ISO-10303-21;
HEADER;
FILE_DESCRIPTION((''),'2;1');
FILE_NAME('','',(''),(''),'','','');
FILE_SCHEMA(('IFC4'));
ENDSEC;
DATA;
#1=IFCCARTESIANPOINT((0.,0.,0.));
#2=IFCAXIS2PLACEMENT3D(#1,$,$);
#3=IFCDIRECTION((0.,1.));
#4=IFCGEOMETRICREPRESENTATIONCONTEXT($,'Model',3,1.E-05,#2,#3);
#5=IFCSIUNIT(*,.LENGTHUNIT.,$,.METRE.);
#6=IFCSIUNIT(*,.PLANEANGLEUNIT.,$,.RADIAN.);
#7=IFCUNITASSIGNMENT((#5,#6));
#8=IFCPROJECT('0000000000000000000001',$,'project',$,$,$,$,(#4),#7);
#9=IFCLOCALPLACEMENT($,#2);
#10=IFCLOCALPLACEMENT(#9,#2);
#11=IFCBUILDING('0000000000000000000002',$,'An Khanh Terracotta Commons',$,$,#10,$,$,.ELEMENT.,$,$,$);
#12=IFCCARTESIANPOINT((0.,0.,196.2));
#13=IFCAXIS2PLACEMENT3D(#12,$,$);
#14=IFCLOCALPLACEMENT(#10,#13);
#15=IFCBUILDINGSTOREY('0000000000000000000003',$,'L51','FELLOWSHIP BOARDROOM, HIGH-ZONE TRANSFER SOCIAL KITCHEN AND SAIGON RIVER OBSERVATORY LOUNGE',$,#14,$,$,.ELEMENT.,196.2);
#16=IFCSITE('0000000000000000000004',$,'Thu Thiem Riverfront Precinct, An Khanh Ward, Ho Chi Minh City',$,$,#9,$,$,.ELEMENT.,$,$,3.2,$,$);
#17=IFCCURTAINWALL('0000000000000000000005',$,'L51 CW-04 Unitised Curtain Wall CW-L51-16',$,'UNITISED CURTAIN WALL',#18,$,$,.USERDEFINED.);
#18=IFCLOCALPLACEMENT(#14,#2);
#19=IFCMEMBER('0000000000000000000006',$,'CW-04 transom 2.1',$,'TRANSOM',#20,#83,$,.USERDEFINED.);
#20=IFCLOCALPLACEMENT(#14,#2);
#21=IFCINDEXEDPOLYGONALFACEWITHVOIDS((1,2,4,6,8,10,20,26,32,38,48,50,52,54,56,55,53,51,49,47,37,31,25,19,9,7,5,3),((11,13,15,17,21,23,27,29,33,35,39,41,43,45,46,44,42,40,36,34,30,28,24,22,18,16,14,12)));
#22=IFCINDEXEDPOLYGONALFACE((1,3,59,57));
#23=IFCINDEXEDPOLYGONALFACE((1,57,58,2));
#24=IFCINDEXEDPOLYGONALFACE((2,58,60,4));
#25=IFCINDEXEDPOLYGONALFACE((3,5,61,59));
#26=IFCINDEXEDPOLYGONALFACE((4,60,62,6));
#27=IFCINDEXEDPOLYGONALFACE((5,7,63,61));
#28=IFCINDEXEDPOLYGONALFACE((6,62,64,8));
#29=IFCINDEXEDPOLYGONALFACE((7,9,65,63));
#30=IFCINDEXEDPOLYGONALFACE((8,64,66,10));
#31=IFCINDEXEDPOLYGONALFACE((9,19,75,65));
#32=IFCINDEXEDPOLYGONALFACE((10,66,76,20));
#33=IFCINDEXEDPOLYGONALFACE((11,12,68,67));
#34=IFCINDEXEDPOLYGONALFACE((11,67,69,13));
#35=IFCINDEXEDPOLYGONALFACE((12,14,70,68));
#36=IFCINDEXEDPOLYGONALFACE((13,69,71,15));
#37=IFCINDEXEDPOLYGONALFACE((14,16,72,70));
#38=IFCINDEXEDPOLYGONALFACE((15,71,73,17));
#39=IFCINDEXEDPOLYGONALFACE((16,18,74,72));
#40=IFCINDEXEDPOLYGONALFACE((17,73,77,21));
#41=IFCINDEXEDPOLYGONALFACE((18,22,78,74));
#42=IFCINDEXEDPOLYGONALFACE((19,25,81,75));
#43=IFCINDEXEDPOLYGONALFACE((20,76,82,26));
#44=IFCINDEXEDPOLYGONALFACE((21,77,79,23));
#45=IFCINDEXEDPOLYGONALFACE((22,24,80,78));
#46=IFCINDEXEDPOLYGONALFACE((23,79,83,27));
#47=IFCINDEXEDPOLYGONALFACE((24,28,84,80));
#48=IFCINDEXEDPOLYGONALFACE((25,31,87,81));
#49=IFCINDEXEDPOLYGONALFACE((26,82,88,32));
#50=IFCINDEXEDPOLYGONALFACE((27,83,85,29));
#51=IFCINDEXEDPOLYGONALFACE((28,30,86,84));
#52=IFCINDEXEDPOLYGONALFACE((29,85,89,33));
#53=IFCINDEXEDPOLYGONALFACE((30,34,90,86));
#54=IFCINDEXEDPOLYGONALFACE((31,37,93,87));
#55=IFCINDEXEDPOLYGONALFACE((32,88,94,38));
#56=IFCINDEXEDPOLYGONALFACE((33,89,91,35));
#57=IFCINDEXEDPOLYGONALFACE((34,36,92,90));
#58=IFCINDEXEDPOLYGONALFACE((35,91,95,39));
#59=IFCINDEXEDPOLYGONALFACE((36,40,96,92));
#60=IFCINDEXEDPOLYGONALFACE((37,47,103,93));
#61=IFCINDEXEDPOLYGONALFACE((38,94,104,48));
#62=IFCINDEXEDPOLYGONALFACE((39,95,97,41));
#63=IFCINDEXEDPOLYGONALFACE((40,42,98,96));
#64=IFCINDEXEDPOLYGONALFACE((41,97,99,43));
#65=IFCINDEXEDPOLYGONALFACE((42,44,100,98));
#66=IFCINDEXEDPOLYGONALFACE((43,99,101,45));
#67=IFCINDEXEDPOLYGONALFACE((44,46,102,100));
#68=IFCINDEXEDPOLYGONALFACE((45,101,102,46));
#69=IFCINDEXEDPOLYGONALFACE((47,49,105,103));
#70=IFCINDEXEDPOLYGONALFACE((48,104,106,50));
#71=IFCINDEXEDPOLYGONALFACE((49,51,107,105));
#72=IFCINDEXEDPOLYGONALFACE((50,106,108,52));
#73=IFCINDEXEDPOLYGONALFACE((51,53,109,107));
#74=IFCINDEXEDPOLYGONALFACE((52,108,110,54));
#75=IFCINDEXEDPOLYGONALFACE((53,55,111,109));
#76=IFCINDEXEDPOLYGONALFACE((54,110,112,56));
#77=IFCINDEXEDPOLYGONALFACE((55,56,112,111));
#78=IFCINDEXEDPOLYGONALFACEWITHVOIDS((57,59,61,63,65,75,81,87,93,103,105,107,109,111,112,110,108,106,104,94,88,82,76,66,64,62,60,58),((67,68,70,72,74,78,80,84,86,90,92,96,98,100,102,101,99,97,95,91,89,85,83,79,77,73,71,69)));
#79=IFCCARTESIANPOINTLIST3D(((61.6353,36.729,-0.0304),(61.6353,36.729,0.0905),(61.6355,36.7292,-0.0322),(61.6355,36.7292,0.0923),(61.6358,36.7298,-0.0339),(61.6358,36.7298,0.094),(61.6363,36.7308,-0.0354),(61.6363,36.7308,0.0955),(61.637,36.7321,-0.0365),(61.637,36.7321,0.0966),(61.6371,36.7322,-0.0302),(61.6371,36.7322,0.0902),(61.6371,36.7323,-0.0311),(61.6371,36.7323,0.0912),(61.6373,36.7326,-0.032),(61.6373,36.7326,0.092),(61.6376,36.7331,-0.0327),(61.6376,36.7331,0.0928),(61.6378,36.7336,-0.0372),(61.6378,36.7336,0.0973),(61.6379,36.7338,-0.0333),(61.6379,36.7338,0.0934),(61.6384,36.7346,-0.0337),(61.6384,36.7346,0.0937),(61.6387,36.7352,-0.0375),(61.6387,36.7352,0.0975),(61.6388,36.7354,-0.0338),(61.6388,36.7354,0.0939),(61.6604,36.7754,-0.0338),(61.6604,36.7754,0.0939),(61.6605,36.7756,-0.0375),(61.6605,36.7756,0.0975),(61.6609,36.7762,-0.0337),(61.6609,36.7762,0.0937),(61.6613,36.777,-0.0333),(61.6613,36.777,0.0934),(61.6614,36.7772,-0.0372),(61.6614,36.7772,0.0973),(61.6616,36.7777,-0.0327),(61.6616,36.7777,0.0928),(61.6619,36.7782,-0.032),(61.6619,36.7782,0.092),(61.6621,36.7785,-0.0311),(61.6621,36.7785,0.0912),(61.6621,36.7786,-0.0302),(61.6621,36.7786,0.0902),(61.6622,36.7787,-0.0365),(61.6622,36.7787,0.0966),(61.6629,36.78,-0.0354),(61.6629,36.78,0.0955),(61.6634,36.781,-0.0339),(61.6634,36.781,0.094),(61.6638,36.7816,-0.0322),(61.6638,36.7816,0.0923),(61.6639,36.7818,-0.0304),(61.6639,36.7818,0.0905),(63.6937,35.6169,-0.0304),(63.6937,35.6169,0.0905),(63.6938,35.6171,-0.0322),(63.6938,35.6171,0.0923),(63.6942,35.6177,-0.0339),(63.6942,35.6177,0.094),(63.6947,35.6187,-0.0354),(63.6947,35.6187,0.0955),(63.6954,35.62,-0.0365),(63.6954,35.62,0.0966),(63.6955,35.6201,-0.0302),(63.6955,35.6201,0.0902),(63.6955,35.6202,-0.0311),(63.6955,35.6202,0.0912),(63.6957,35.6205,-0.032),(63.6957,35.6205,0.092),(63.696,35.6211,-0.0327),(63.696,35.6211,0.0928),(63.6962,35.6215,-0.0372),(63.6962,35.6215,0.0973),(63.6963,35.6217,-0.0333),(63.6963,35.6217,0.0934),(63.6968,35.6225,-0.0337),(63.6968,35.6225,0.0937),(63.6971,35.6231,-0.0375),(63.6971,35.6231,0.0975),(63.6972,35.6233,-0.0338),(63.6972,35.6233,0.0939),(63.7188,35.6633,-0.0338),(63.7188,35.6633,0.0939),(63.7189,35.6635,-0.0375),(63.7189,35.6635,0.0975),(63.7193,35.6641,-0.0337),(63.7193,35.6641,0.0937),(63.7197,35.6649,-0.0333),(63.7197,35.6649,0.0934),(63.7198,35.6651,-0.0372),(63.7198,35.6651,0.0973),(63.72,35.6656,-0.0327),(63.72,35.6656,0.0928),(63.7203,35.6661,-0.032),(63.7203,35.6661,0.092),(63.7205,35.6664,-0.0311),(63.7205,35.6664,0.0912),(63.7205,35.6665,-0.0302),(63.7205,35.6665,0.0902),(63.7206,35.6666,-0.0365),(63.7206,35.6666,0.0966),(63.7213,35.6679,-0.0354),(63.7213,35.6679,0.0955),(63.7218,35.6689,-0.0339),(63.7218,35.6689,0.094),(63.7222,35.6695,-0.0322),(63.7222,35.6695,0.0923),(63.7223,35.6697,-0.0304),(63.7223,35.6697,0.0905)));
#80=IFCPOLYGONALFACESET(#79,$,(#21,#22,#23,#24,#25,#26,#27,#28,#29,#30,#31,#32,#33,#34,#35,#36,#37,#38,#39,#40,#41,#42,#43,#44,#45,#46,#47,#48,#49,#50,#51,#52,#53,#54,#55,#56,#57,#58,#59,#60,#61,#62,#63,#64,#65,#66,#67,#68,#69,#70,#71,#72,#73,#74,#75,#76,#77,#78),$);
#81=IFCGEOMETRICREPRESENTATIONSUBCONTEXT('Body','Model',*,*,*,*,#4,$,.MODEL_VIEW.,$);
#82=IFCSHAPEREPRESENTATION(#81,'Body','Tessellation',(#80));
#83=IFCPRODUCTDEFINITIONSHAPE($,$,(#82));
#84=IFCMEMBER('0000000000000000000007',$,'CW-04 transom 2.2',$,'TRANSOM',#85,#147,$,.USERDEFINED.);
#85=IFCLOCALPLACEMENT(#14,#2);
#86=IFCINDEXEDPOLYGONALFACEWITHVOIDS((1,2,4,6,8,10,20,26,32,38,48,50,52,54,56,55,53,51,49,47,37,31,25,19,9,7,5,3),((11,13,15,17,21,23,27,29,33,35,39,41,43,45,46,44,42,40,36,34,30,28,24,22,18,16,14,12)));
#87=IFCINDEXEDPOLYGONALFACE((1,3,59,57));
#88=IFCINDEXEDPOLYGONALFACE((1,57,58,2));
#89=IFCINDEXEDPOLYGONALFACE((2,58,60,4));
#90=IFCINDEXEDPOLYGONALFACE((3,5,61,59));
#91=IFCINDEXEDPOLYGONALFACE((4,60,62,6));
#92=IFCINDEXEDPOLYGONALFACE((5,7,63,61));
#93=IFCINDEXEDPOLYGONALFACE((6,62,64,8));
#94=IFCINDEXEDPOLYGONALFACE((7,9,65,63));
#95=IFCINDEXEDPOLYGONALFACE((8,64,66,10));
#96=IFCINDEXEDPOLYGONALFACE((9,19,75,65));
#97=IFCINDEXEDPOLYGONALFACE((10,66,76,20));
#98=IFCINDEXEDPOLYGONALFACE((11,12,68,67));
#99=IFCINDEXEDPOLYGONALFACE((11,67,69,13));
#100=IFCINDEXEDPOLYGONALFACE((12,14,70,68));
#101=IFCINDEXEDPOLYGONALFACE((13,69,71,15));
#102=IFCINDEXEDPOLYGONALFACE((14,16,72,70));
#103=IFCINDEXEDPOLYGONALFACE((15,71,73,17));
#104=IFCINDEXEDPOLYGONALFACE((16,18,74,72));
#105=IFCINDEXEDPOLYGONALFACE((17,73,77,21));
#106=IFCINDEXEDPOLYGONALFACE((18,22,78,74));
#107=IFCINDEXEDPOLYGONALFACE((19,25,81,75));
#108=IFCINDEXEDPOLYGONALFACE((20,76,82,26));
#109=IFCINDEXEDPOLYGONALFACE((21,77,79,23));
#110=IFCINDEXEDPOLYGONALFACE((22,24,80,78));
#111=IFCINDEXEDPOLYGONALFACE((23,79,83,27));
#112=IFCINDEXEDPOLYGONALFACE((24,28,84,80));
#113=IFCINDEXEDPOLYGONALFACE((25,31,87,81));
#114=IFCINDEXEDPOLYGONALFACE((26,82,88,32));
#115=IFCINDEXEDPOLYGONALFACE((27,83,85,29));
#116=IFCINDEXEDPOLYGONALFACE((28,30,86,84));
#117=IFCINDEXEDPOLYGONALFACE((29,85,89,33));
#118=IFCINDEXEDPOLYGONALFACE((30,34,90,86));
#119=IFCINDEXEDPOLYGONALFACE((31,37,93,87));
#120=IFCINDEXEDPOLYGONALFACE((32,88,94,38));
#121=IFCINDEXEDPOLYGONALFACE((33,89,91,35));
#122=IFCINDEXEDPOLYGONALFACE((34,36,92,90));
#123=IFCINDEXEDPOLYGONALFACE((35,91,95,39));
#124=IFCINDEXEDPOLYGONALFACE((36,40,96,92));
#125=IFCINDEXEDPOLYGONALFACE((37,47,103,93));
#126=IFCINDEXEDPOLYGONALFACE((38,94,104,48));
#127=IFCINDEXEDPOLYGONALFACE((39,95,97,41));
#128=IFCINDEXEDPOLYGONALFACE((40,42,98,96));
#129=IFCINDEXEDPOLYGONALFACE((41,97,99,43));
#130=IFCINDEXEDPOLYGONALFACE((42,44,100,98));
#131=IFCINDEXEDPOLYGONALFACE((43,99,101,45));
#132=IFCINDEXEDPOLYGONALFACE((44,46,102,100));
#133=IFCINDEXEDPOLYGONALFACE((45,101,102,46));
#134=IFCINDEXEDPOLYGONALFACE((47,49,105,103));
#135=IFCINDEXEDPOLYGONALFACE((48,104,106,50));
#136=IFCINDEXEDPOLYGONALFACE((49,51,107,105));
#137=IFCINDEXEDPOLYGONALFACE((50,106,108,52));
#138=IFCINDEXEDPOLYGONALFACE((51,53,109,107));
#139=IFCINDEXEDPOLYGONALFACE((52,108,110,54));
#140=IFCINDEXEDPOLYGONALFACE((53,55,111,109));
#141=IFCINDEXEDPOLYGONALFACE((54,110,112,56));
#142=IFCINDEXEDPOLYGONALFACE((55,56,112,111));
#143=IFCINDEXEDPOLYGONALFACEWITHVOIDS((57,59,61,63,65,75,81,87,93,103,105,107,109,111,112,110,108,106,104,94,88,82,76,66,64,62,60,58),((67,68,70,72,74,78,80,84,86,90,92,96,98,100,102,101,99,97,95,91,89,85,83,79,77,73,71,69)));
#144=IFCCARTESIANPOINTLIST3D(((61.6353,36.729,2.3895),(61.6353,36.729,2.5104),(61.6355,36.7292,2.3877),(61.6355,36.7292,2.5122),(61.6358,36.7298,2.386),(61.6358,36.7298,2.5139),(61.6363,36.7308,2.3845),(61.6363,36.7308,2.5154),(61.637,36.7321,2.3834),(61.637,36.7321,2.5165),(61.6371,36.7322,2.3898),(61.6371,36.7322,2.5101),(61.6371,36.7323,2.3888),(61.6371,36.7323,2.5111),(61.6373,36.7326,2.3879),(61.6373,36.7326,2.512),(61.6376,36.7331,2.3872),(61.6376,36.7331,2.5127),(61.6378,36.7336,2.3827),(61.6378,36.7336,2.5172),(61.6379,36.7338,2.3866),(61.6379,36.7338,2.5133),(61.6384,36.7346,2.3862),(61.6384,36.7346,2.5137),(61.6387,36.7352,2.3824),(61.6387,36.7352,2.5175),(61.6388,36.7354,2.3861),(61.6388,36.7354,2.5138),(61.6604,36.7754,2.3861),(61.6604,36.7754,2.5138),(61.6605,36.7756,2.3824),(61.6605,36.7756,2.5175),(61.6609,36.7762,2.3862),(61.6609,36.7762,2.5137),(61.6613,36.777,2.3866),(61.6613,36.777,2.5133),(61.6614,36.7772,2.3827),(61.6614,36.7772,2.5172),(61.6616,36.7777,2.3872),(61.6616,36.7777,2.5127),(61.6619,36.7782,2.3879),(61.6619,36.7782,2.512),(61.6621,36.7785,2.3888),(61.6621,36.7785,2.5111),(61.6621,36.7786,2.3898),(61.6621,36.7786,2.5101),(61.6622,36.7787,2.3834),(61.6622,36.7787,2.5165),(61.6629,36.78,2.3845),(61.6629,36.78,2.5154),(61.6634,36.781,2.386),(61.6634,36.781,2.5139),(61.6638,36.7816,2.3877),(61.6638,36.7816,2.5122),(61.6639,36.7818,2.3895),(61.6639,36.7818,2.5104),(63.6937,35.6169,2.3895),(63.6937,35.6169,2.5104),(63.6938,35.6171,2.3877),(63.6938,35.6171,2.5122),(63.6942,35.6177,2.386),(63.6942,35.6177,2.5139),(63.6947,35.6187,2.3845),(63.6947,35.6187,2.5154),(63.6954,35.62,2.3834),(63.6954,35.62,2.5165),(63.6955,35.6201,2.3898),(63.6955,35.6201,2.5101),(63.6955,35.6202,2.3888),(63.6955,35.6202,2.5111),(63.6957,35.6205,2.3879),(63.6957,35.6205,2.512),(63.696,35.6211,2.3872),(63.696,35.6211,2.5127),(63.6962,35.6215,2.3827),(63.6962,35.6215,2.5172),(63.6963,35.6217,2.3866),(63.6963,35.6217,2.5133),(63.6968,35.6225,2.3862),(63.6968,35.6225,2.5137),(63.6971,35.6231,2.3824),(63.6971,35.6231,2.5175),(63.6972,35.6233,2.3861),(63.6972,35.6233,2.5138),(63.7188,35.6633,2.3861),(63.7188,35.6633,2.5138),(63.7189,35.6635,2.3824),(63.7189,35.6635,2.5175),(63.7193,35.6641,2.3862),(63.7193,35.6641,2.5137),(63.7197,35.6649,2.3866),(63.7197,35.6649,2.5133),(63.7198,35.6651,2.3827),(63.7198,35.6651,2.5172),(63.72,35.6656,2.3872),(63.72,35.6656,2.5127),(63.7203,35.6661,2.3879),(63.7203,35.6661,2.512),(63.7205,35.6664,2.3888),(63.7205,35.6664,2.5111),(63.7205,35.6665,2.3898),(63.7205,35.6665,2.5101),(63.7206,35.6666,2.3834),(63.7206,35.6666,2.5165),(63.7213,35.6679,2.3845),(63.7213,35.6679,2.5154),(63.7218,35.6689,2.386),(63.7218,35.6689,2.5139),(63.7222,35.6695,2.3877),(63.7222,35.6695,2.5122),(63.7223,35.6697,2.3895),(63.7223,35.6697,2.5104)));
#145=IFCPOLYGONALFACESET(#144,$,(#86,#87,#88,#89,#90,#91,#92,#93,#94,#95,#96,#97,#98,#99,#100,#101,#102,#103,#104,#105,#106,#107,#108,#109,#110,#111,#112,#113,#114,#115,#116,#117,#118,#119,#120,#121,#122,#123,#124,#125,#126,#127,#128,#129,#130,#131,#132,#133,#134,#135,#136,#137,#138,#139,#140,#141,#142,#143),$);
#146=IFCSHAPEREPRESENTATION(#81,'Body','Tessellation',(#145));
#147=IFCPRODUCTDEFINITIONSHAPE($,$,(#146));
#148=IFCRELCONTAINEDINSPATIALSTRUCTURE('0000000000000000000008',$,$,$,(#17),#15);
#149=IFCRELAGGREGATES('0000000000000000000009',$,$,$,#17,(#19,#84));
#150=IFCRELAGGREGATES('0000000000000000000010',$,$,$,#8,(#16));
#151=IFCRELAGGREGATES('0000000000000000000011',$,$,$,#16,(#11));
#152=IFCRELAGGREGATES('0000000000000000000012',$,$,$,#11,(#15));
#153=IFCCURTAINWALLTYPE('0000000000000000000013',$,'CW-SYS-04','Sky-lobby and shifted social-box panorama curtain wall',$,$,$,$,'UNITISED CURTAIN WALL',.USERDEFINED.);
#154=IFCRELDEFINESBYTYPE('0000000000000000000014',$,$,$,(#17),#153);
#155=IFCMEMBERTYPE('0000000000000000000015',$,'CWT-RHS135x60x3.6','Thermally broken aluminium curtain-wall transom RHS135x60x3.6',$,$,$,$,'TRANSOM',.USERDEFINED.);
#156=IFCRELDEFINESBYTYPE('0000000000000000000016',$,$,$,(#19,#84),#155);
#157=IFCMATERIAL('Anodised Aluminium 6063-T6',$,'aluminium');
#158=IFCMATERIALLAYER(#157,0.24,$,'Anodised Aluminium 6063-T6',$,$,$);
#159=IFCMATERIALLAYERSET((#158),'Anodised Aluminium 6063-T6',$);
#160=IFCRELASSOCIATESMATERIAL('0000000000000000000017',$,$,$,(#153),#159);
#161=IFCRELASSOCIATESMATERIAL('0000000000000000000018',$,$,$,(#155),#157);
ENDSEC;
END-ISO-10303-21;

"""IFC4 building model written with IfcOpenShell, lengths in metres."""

from ifc_helpers import new_model, si_unit, direction, frame, origin, origin_2d, place, context, subcontext, project, spatial, hollow_rectangle, extrude, material, layer, layer_set, material_profile, profile_set, type_object, element, aggregate, save


model = new_model("IFC4")

# Units and contexts
model_context = context("Model", 3, precision=1e-05, world=origin(), true_north=direction((0.0, 1.0)))
body_context = subcontext(model_context, "Body", "Model", "MODEL_VIEW")
ifc_project = project(units=[si_unit("LENGTHUNIT", "METRE"), si_unit("PLANEANGLEUNIT", "RADIAN")], contexts=[model_context])

# Site, building, storey
site_placement = place(None, origin())
site = spatial("IfcSite", under=ifc_project, at=site_placement, Name="Thu Thiem Riverfront Precinct, An Khanh Ward, Ho Chi Minh City", CompositionType="ELEMENT", RefElevation=3.2)
building_placement = place(site_placement, origin())
building = spatial("IfcBuilding", under=site, at=building_placement, Name="An Khanh Terracotta Commons", CompositionType="ELEMENT")
storey_placement = place(building_placement, frame((0.0, 0.0, 196.2)))
storey = spatial("IfcBuildingStorey", under=building, at=storey_placement, Name="L51", Description="FELLOWSHIP BOARDROOM, HIGH-ZONE TRANSFER SOCIAL KITCHEN AND SAIGON RIVER OBSERVATORY LOUNGE", CompositionType="ELEMENT", Elevation=196.2)

# Curtain wall, members
ifc_material_1 = material(Name="Anodised Aluminium 6063-T6", Category="aluminium")
ifc_layer_1 = layer(ifc_material_1, 0.24, Name="Anodised Aluminium 6063-T6")
ifc_layer_set_1 = layer_set([ifc_layer_1], Name="Anodised Aluminium 6063-T6")
curtain_wall_type = type_object("IfcCurtainWallType", Name="CW-SYS-04", Description="Sky-lobby and shifted social-box panorama curtain wall", ElementType="UNITISED CURTAIN WALL", PredefinedType="USERDEFINED", material=ifc_layer_set_1)
curtain_wall_placement = place(storey_placement, origin())
curtain_wall = element("IfcCurtainWall", 1, at=curtain_wall_placement, inside=storey, type_object=curtain_wall_type, Name="L51 CW-04 Unitised Curtain Wall CW-L51-16", ObjectType="UNITISED CURTAIN WALL", PredefinedType="USERDEFINED")
ifc_material_profile_1 = material_profile(ifc_material_1, hollow_rectangle(XDim=0.0601, YDim=0.135, WallThickness=0.0037, InnerFilletRadius=0.0037, OuterFilletRadius=0.0071, at=origin_2d()), Name="RHS135x60x3.6")
ifc_profile_set_1 = profile_set([ifc_material_profile_1], Name="Anodised Aluminium 6063-T6")
member_type_1 = type_object("IfcMemberType", Name="CWT-RHS135x60x3.6", Description="Thermally broken aluminium curtain-wall transom RHS135x60x3.6", ElementType="TRANSOM", PredefinedType="USERDEFINED", material=ifc_profile_set_1)
member_1_placement = place(storey_placement, frame((63.708, 35.6433, 0.03), z_axis=(-0.879807, 0.475331, 0.0), x_axis=(-0.475331, -0.879807, 0.0)))
member_1 = element("IfcMember", 2, at=member_1_placement, type_object=member_type_1, Name="CW-04 transom 2.1", ObjectType="TRANSOM", PredefinedType="USERDEFINED", context=body_context, shape_type="SweptSolid", body=[
    extrude(hollow_rectangle(XDim=0.0601, YDim=0.135, WallThickness=0.0037, InnerFilletRadius=0.0037, OuterFilletRadius=0.0071, at=origin_2d()), origin(), (0.0, 0.0, 1.0), 2.3396),
])
member_2_placement = place(storey_placement, frame((63.708, 35.6433, 2.45), z_axis=(-0.879807, 0.475331, 0.0), x_axis=(-0.475331, -0.879807, 0.0)))
member_2 = element("IfcMember", 3, at=member_2_placement, type_object=member_type_1, Name="CW-04 transom 2.2", ObjectType="TRANSOM", PredefinedType="USERDEFINED", context=body_context, shape_type="SweptSolid", body=[
    extrude(hollow_rectangle(XDim=0.0601, YDim=0.135, WallThickness=0.0037, InnerFilletRadius=0.0037, OuterFilletRadius=0.0071, at=origin_2d()), origin(), (0.0, 0.0, 1.0), 2.3396),
])
aggregate(curtain_wall, [member_1, member_2])

save(model, "model.ifc")
